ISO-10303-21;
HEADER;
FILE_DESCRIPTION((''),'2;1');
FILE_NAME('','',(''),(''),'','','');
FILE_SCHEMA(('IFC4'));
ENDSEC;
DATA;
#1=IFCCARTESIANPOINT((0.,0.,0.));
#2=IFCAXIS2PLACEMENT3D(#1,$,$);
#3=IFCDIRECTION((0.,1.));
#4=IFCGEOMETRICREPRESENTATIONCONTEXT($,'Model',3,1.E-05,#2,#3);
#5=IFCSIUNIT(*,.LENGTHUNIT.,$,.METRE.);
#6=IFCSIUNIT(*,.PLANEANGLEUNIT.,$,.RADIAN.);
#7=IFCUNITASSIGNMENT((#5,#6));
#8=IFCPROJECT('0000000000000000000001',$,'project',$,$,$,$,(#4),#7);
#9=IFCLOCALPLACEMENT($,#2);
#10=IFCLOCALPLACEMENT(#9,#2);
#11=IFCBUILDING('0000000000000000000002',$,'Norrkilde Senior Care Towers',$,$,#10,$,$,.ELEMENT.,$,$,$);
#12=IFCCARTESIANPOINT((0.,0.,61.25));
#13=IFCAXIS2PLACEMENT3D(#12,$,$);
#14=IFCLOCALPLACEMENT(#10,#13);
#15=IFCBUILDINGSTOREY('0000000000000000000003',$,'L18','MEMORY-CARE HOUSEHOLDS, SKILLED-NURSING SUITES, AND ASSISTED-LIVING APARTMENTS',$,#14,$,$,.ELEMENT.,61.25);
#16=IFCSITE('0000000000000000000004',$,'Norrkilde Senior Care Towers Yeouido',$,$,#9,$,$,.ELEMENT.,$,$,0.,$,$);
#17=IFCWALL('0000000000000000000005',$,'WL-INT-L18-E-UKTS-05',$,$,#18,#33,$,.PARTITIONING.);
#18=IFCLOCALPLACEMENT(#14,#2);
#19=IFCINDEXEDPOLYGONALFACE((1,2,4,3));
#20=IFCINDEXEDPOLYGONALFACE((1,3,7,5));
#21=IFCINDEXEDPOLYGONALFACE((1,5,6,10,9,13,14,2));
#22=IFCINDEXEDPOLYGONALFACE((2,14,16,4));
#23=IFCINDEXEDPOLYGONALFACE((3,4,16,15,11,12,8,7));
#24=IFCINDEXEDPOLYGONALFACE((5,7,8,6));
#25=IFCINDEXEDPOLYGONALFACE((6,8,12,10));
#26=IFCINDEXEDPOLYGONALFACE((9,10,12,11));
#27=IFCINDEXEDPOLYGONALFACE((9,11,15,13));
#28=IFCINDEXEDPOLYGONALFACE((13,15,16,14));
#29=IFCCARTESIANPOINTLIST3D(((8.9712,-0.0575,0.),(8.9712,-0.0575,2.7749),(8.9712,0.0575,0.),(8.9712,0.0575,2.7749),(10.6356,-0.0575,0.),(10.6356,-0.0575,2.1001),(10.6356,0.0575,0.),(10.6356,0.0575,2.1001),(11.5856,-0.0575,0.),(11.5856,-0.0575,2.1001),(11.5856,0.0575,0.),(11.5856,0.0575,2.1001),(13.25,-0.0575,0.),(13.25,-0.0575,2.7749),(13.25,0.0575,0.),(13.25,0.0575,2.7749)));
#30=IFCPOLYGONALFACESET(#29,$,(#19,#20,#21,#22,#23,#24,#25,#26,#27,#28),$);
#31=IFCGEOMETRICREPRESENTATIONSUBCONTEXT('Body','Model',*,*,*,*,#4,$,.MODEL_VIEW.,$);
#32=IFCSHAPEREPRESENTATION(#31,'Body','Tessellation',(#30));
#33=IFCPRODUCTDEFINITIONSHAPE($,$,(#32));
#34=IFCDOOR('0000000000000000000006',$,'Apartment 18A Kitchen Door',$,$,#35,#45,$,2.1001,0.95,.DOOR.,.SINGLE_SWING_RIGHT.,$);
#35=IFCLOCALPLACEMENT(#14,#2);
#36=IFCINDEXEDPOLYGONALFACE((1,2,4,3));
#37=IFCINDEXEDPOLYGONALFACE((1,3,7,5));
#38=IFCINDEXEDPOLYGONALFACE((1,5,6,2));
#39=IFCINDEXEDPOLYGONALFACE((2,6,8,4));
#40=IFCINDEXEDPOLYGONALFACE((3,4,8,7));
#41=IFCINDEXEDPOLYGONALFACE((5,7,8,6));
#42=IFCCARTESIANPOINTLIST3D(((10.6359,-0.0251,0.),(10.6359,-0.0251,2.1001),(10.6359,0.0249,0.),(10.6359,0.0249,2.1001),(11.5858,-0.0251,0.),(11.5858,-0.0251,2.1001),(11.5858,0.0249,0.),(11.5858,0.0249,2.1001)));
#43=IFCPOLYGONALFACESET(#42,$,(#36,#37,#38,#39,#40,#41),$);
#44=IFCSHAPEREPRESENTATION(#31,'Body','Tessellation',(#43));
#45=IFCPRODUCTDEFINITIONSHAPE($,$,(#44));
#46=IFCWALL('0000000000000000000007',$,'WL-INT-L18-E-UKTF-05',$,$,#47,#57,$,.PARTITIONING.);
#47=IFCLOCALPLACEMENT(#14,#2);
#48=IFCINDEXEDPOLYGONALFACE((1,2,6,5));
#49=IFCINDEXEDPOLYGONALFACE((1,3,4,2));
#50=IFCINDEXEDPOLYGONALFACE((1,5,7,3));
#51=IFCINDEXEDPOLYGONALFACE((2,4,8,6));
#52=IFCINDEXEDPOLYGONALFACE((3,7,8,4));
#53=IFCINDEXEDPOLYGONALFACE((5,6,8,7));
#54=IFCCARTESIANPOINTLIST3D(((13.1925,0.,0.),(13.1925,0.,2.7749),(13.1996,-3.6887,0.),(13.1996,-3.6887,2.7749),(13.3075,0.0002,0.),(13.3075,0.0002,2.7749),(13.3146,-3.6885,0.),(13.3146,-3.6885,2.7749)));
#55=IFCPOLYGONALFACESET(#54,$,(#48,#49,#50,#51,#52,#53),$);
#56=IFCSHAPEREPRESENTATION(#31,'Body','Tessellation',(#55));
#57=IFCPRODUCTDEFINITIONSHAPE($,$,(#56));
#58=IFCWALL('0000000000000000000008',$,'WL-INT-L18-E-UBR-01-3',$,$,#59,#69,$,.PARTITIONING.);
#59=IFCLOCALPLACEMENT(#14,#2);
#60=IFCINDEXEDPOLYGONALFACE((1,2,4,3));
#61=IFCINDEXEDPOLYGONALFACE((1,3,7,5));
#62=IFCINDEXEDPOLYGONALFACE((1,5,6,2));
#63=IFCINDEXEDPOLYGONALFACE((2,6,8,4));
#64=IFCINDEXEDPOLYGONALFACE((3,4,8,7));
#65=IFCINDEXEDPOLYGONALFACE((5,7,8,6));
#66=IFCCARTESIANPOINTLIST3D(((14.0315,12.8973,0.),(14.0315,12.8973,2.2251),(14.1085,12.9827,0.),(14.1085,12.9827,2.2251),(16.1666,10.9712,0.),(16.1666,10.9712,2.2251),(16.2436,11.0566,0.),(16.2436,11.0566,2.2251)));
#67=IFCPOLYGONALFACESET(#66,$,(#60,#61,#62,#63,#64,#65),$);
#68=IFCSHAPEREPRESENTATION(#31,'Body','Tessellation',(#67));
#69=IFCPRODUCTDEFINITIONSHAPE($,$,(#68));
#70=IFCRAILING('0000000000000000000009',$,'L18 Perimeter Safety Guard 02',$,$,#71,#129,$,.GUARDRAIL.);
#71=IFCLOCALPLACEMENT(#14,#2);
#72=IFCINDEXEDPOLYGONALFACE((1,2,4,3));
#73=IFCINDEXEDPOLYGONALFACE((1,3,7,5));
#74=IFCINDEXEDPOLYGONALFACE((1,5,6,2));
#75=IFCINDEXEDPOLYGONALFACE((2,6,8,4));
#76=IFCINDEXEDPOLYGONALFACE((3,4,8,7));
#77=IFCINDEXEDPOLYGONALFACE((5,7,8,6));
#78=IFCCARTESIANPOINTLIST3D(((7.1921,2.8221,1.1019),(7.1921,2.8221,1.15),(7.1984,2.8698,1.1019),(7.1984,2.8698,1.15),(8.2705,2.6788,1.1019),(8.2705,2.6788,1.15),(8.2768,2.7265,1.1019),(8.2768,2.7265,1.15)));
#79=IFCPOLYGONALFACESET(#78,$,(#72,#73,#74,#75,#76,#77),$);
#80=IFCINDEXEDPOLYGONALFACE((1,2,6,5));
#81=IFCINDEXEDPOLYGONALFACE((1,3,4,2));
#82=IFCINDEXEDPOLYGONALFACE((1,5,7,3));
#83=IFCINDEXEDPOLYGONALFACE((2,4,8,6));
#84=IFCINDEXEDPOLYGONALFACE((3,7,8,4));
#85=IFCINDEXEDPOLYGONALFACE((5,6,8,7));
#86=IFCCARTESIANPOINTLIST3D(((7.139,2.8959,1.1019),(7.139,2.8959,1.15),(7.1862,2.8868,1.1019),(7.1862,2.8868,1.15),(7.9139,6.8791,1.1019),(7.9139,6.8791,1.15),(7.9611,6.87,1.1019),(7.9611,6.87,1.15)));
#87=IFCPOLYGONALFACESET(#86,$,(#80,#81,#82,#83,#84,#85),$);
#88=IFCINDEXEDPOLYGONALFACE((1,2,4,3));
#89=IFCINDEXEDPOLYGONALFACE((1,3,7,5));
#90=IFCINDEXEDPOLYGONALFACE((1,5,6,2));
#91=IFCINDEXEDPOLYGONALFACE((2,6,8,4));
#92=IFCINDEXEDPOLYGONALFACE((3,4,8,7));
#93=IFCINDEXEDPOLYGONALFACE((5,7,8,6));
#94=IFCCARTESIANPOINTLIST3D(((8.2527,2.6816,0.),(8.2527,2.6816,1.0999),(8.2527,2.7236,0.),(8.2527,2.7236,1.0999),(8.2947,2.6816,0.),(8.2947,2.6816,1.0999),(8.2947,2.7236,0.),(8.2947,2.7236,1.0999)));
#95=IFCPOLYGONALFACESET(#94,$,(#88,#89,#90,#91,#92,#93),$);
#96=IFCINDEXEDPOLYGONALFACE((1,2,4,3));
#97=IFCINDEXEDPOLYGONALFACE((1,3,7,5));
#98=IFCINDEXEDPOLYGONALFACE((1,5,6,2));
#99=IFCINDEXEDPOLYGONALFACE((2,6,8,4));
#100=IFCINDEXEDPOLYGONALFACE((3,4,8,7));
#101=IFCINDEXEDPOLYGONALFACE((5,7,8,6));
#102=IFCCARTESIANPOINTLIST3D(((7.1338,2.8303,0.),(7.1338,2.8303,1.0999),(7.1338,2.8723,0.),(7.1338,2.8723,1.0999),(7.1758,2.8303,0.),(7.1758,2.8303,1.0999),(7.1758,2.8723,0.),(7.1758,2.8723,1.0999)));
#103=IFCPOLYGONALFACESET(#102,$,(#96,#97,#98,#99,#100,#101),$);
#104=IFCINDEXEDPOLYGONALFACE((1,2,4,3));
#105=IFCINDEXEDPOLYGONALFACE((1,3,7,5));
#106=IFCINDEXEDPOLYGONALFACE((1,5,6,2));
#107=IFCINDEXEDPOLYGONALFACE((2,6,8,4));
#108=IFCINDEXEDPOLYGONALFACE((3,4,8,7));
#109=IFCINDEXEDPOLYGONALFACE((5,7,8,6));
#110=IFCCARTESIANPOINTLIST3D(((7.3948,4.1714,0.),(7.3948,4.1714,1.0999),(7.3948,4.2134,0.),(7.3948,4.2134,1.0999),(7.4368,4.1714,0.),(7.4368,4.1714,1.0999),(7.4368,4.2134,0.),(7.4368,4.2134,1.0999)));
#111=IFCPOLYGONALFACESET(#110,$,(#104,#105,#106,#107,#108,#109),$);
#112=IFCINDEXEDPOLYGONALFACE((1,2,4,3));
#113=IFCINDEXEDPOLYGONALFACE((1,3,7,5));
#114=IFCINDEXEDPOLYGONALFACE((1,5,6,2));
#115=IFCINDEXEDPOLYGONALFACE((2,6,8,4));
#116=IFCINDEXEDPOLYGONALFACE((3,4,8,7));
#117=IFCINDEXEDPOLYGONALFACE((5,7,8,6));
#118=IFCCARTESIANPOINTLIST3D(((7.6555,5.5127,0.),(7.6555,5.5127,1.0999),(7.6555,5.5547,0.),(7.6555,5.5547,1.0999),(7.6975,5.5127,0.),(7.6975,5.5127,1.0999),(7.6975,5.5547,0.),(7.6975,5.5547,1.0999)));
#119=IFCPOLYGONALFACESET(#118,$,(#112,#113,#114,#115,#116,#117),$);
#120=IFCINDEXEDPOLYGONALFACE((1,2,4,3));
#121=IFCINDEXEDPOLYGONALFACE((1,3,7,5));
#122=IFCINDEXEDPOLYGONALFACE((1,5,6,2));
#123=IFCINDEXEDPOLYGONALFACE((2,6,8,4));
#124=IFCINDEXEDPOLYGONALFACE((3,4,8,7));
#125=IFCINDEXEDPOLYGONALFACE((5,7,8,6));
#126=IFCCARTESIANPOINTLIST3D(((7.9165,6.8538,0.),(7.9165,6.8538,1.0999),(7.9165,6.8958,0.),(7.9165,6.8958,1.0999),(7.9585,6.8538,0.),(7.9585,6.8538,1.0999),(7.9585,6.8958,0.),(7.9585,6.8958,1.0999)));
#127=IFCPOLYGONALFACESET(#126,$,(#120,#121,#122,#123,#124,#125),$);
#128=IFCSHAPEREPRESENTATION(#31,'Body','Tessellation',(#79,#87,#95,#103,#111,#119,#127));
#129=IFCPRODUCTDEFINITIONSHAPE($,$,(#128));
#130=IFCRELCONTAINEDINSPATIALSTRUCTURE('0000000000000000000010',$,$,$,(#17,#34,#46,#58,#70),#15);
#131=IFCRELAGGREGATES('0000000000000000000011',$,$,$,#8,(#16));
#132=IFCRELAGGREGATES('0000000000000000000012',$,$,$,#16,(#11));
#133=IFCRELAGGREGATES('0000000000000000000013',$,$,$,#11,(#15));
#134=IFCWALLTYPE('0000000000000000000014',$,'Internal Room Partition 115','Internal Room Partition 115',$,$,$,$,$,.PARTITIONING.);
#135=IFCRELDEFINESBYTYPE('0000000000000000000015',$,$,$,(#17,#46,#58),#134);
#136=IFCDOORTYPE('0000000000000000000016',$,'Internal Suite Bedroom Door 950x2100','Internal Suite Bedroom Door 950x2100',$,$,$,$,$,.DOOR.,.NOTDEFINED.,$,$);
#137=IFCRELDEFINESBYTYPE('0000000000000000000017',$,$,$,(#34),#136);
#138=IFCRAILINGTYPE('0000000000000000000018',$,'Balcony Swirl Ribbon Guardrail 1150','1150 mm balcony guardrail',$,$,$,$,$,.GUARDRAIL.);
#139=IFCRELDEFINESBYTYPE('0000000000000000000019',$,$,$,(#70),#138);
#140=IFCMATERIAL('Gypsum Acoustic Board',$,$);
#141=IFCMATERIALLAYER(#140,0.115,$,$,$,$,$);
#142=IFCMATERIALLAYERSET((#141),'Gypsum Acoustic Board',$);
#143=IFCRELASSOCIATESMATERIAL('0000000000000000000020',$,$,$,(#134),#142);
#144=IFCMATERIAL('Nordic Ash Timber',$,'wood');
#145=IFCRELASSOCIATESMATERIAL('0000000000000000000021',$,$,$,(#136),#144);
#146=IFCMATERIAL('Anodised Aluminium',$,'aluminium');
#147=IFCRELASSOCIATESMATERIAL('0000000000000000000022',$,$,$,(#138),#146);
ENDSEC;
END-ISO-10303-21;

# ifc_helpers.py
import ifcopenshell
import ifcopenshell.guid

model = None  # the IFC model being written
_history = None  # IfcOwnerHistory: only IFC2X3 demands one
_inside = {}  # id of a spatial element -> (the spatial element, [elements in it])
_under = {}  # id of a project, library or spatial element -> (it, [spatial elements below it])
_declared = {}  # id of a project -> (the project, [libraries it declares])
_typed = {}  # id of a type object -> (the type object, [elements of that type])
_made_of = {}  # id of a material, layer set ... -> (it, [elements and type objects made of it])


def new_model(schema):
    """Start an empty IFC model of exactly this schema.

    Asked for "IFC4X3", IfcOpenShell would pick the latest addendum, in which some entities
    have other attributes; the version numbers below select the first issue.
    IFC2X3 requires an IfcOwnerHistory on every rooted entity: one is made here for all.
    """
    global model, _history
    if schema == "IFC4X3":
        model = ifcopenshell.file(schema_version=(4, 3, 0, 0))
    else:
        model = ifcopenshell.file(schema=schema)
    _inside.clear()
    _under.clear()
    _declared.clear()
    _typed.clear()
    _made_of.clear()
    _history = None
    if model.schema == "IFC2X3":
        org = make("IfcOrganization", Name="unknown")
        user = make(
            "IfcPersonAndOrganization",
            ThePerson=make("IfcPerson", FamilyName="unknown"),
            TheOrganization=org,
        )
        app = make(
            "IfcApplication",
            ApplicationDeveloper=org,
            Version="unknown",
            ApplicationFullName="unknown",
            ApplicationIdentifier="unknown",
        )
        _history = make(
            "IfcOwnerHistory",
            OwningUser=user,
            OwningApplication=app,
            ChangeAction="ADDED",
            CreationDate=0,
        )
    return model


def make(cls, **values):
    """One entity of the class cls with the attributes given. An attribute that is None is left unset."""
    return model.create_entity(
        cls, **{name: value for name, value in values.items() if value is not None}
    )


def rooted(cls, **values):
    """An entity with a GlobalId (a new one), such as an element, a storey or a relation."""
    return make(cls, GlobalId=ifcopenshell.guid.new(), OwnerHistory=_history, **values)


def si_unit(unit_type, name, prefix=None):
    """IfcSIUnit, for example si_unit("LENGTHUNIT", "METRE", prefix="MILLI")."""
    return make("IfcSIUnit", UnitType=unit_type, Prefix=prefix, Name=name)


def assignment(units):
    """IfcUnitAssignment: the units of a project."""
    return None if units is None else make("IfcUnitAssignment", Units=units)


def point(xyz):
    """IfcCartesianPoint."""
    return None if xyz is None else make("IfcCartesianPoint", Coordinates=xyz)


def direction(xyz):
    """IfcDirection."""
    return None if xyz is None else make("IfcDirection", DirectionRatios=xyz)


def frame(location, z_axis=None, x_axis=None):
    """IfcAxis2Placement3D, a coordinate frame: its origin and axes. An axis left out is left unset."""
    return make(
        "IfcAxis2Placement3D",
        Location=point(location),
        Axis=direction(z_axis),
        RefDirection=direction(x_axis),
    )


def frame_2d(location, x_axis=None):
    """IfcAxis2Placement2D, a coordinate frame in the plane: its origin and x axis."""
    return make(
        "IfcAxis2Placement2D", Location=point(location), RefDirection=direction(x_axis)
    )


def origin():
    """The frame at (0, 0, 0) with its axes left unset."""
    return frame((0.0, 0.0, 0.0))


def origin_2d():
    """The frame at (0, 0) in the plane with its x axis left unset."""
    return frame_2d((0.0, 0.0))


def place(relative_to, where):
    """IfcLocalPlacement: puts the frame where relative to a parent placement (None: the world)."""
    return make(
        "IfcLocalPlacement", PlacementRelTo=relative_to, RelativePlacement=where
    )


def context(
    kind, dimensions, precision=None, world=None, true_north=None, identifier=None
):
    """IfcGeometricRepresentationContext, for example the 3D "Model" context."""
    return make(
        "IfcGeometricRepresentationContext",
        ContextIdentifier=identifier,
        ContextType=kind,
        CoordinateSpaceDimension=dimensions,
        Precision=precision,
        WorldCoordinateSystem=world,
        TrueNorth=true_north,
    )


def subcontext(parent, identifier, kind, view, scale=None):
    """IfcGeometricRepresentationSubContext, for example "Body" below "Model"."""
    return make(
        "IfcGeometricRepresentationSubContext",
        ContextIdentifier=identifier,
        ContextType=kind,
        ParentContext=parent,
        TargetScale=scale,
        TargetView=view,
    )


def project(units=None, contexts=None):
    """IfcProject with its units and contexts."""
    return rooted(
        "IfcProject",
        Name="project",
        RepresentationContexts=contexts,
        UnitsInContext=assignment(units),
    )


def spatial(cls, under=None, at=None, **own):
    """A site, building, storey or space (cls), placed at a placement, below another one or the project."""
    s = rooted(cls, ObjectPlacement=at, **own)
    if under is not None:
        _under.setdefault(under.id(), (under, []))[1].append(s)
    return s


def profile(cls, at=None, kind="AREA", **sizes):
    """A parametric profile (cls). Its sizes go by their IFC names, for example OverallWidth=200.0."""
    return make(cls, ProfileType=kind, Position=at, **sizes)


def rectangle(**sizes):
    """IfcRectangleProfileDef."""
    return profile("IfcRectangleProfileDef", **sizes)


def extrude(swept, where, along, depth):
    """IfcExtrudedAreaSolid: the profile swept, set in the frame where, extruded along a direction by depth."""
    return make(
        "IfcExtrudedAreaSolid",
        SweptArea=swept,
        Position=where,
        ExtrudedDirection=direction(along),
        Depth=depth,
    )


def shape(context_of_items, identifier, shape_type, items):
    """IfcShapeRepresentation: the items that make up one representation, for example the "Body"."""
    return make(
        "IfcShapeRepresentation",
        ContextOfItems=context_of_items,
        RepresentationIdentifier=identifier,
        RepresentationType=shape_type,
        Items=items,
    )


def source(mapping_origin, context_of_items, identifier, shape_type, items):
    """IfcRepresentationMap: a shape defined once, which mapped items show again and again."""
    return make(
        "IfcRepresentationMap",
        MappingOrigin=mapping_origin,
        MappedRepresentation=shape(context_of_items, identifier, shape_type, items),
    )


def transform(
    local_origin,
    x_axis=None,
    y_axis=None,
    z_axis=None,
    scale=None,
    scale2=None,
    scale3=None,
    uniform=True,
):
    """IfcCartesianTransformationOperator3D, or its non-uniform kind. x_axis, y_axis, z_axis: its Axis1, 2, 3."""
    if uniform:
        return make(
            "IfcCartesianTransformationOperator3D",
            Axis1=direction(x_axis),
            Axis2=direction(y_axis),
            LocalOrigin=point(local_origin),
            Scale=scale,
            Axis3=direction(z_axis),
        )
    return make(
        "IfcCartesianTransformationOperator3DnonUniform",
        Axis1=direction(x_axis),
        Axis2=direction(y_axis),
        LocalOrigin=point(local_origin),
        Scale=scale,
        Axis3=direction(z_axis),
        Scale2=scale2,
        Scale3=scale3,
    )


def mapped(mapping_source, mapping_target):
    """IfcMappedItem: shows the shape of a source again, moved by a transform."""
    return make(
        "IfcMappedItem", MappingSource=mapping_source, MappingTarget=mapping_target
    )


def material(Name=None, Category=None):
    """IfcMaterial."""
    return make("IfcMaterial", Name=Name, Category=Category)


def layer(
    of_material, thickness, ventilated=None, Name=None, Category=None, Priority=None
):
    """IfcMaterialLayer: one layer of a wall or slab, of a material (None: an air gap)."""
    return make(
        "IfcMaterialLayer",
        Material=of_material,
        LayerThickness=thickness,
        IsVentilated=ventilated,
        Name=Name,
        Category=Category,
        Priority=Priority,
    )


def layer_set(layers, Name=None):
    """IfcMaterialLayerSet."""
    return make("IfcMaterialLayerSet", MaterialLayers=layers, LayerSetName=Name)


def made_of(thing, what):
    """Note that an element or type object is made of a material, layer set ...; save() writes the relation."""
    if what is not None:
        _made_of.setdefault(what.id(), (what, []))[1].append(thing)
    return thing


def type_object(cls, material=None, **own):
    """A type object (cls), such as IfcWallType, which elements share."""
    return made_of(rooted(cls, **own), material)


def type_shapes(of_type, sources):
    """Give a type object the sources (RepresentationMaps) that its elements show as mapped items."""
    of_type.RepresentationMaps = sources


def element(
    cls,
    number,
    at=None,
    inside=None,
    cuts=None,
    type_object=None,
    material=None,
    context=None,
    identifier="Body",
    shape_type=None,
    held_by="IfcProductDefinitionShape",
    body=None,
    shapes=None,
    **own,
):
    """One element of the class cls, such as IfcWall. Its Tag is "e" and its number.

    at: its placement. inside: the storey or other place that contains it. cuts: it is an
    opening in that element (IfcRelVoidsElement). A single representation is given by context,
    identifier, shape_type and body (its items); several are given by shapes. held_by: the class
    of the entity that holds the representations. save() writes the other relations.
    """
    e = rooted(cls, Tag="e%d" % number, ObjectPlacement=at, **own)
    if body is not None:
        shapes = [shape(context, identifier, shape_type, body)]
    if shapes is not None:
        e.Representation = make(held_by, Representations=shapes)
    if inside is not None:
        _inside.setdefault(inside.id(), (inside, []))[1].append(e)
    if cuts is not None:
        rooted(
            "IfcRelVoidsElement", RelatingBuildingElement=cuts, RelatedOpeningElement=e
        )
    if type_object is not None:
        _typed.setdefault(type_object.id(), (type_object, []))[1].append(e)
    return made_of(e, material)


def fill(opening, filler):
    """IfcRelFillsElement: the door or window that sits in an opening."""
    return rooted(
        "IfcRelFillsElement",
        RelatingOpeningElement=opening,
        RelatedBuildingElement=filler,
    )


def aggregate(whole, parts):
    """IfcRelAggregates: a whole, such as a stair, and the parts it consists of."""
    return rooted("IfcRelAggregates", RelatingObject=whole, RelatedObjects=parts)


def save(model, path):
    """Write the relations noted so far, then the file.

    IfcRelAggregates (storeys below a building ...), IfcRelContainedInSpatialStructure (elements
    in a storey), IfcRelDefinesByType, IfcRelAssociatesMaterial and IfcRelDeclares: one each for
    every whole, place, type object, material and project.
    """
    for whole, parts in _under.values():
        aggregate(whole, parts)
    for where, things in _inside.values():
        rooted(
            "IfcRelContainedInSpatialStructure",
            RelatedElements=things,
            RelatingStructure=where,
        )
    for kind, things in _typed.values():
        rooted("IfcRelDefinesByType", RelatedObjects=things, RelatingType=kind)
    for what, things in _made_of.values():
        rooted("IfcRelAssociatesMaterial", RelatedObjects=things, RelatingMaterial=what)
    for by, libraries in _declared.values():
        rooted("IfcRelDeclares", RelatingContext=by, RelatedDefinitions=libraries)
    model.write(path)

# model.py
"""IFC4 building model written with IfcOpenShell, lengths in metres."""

from ifc_helpers import new_model, si_unit, direction, frame, frame_2d, origin, origin_2d, place, context, subcontext, project, spatial, rectangle, extrude, source, transform, mapped, material, layer, layer_set, type_object, type_shapes, element, fill, save


model = new_model("IFC4")

# Units and contexts
model_context = context("Model", 3, precision=1e-05, world=origin(), true_north=direction((0.0, 1.0)))
body_context = subcontext(model_context, "Body", "Model", "MODEL_VIEW")
ifc_project = project(units=[si_unit("LENGTHUNIT", "METRE"), si_unit("PLANEANGLEUNIT", "RADIAN")], contexts=[model_context])

# Site, building, storey
site_placement = place(None, origin())
site = spatial("IfcSite", under=ifc_project, at=site_placement, Name="Norrkilde Senior Care Towers Yeouido", CompositionType="ELEMENT", RefElevation=0.0)
building_placement = place(site_placement, origin())
building = spatial("IfcBuilding", under=site, at=building_placement, Name="Norrkilde Senior Care Towers", CompositionType="ELEMENT")
storey_placement = place(building_placement, frame((0.0, 0.0, 61.25)))
storey = spatial("IfcBuildingStorey", under=building, at=storey_placement, Name="L18", Description="MEMORY-CARE HOUSEHOLDS, SKILLED-NURSING SUITES, AND ASSISTED-LIVING APARTMENTS", CompositionType="ELEMENT", Elevation=61.25)

# Shared definitions
ifc_material_1 = material(Name="Anodised Aluminium", Category="aluminium")

# Shared definitions
ifc_material_2 = material(Name="Gypsum Acoustic Board")
ifc_layer_1 = layer(ifc_material_2, 0.115)
ifc_layer_set_1 = layer_set([ifc_layer_1], Name="Gypsum Acoustic Board")
wall_type_1 = type_object("IfcWallType", Name="Internal Room Partition 115", Description="Internal Room Partition 115", PredefinedType="PARTITIONING", material=ifc_layer_set_1)
ifc_material_3 = material(Name="Nordic Ash Timber", Category="wood")
door_type_1 = type_object("IfcDoorType", Name="Internal Suite Bedroom Door 950x2100", Description="Internal Suite Bedroom Door 950x2100", OperationType="NOTDEFINED", PredefinedType="DOOR", material=ifc_material_3)
shared_shape_1 = source(origin(), body_context, "Body", "SweptSolid", [
    extrude(rectangle(XDim=0.95, YDim=2.1001, at=frame_2d((0.4751, 1.05))), frame((0.0, 0.0249, 0.0), z_axis=(0.0, -1.0, 0.0), x_axis=(1.0, 0.0, 0.0)), (0.0, 0.0, 1.0), 0.05),
])
type_shapes(door_type_1, [shared_shape_1])

# Wall, opening, door
shared_shape_2 = source(origin(), body_context, "Body", "SweptSolid", [
    extrude(rectangle(XDim=4.2788, YDim=0.115, at=frame_2d((2.1394, 0.0))), origin(), (0.0, 0.0, 1.0), 2.7749),
])
wall_1_placement = place(storey_placement, frame((13.25, 0.0, 0.0), z_axis=(0.0, 0.0, 1.0), x_axis=(-1.0, 0.0, 0.0)))
wall_1 = element("IfcWall", 1, at=wall_1_placement, inside=storey, type_object=wall_type_1, Name="WL-INT-L18-E-UKTS-05", PredefinedType="PARTITIONING", context=body_context, shape_type="MappedRepresentation", body=[
    mapped(shared_shape_2, transform((0.0, 0.0, 0.0), x_axis=(1.0, 0.0, 0.0), y_axis=(0.0, 1.0, 0.0), z_axis=(0.0, 0.0, 1.0), scale=1.0)),
])
opening_1_placement = place(wall_1_placement, frame((1.6643, 0.0, 0.0)))
opening_1 = element("IfcOpeningElement", 2, at=opening_1_placement, cuts=wall_1, PredefinedType="OPENING", context=body_context, shape_type="SweptSolid", body=[
    extrude(rectangle(XDim=0.95, YDim=2.1001, at=frame_2d((0.4751, 1.05))), frame((0.0, 0.0674, 0.0), z_axis=(0.0, -1.0, 0.0), x_axis=(1.0, 0.0, 0.0)), (0.0, 0.0, 1.0), 0.135),
])
door_1_placement = place(opening_1_placement, frame((0.95, 0.0, 0.0), z_axis=(0.0, 0.0, 1.0), x_axis=(-1.0, 0.0, 0.0)))
door_1 = element("IfcDoor", 3, at=door_1_placement, inside=storey, type_object=door_type_1, Name="Apartment 18A Kitchen Door", OperationType="SINGLE_SWING_RIGHT", OverallHeight=2.1001, OverallWidth=0.95, PredefinedType="DOOR", context=body_context, shape_type="MappedRepresentation", body=[
    mapped(shared_shape_1, transform((0.0, 0.0, 0.0), x_axis=(1.0, 0.0, 0.0), y_axis=(0.0, 1.0, 0.0), z_axis=(0.0, 0.0, 1.0), scale=1.0)),
])
fill(opening_1, door_1)

# Walls
shared_shape_3 = source(origin(), body_context, "Body", "SweptSolid", [
    extrude(rectangle(XDim=3.6887, YDim=0.115, at=frame_2d((1.8442, 0.0))), origin(), (0.0, 0.0, 1.0), 2.7749),
])
wall_2_placement = place(storey_placement, frame((13.25, 0.0, 0.0), z_axis=(0.0, 0.0, 1.0), x_axis=(0.001919, -0.999998, 0.0)))
element("IfcWall", 4, at=wall_2_placement, inside=storey, type_object=wall_type_1, Name="WL-INT-L18-E-UKTF-05", PredefinedType="PARTITIONING", context=body_context, shape_type="MappedRepresentation", body=[
    mapped(shared_shape_3, transform((0.0, 0.0, 0.0), x_axis=(1.0, 0.0, 0.0), y_axis=(0.0, 1.0, 0.0), z_axis=(0.0, 0.0, 1.0), scale=1.0)),
])
shared_shape_4 = source(origin(), body_context, "Body", "SweptSolid", [
    extrude(rectangle(XDim=2.8755, YDim=0.115, at=frame_2d((1.4377, 0.0))), origin(), (0.0, 0.0, 1.0), 2.2251),
])
wall_3_placement = place(storey_placement, frame((16.2051, 11.0139, 0.0), z_axis=(0.0, 0.0, 1.0), x_axis=(-0.742513, 0.669832, 0.0)))
element("IfcWall", 5, at=wall_3_placement, inside=storey, type_object=wall_type_1, Name="WL-INT-L18-E-UBR-01-3", PredefinedType="PARTITIONING", context=body_context, shape_type="MappedRepresentation", body=[
    mapped(shared_shape_4, transform((0.0, 0.0, 0.0), x_axis=(1.0, 0.0, 0.0), y_axis=(0.0, 1.0, 0.0), z_axis=(0.0, 0.0, 1.0), scale=1.0)),
])

# Railing
railing_type = type_object("IfcRailingType", Name="Balcony Swirl Ribbon Guardrail 1150", Description="1150 mm balcony guardrail", PredefinedType="GUARDRAIL", material=ifc_material_1)
railing_1_placement = place(storey_placement, frame((8.2737, 2.7026, 0.0)))
element("IfcRailing", 6, at=railing_1_placement, inside=storey, type_object=railing_type, Name="L18 Perimeter Safety Guard 02", PredefinedType="GUARDRAIL", context=body_context, shape_type="SweptSolid", body=[
    extrude(rectangle(XDim=0.0481, YDim=0.0481, at=origin_2d()), frame((0.0, 0.0, 1.126), z_axis=(-0.991286, 0.131725, 0.0), x_axis=(-0.131725, -0.991286, 0.0)), (0.0, 0.0, 1.0), 1.0879),
    extrude(rectangle(XDim=0.0481, YDim=0.0481, at=origin_2d()), frame((-1.1111, 0.1887, 1.126), z_axis=(0.190959, 0.981598, 0.0), x_axis=(-0.981598, 0.190959, 0.0)), (0.0, 0.0, 1.0), 4.0579),
    extrude(rectangle(XDim=0.042, YDim=0.042, at=origin_2d()), origin(), (0.0, 0.0, 1.0), 1.0999),
    extrude(rectangle(XDim=0.042, YDim=0.042, at=origin_2d()), frame((-1.1189, 0.1487, 0.0)), (0.0, 0.0, 1.0), 1.0999),
    extrude(rectangle(XDim=0.042, YDim=0.042, at=origin_2d()), frame((-0.8579, 1.4897, 0.0)), (0.0, 0.0, 1.0), 1.0999),
    extrude(rectangle(XDim=0.042, YDim=0.042, at=origin_2d()), frame((-0.5972, 2.8311, 0.0)), (0.0, 0.0, 1.0), 1.0999),
    extrude(rectangle(XDim=0.042, YDim=0.042, at=origin_2d()), frame((-0.3362, 4.1721, 0.0)), (0.0, 0.0, 1.0), 1.0999),
])

save(model, "model.ifc")
